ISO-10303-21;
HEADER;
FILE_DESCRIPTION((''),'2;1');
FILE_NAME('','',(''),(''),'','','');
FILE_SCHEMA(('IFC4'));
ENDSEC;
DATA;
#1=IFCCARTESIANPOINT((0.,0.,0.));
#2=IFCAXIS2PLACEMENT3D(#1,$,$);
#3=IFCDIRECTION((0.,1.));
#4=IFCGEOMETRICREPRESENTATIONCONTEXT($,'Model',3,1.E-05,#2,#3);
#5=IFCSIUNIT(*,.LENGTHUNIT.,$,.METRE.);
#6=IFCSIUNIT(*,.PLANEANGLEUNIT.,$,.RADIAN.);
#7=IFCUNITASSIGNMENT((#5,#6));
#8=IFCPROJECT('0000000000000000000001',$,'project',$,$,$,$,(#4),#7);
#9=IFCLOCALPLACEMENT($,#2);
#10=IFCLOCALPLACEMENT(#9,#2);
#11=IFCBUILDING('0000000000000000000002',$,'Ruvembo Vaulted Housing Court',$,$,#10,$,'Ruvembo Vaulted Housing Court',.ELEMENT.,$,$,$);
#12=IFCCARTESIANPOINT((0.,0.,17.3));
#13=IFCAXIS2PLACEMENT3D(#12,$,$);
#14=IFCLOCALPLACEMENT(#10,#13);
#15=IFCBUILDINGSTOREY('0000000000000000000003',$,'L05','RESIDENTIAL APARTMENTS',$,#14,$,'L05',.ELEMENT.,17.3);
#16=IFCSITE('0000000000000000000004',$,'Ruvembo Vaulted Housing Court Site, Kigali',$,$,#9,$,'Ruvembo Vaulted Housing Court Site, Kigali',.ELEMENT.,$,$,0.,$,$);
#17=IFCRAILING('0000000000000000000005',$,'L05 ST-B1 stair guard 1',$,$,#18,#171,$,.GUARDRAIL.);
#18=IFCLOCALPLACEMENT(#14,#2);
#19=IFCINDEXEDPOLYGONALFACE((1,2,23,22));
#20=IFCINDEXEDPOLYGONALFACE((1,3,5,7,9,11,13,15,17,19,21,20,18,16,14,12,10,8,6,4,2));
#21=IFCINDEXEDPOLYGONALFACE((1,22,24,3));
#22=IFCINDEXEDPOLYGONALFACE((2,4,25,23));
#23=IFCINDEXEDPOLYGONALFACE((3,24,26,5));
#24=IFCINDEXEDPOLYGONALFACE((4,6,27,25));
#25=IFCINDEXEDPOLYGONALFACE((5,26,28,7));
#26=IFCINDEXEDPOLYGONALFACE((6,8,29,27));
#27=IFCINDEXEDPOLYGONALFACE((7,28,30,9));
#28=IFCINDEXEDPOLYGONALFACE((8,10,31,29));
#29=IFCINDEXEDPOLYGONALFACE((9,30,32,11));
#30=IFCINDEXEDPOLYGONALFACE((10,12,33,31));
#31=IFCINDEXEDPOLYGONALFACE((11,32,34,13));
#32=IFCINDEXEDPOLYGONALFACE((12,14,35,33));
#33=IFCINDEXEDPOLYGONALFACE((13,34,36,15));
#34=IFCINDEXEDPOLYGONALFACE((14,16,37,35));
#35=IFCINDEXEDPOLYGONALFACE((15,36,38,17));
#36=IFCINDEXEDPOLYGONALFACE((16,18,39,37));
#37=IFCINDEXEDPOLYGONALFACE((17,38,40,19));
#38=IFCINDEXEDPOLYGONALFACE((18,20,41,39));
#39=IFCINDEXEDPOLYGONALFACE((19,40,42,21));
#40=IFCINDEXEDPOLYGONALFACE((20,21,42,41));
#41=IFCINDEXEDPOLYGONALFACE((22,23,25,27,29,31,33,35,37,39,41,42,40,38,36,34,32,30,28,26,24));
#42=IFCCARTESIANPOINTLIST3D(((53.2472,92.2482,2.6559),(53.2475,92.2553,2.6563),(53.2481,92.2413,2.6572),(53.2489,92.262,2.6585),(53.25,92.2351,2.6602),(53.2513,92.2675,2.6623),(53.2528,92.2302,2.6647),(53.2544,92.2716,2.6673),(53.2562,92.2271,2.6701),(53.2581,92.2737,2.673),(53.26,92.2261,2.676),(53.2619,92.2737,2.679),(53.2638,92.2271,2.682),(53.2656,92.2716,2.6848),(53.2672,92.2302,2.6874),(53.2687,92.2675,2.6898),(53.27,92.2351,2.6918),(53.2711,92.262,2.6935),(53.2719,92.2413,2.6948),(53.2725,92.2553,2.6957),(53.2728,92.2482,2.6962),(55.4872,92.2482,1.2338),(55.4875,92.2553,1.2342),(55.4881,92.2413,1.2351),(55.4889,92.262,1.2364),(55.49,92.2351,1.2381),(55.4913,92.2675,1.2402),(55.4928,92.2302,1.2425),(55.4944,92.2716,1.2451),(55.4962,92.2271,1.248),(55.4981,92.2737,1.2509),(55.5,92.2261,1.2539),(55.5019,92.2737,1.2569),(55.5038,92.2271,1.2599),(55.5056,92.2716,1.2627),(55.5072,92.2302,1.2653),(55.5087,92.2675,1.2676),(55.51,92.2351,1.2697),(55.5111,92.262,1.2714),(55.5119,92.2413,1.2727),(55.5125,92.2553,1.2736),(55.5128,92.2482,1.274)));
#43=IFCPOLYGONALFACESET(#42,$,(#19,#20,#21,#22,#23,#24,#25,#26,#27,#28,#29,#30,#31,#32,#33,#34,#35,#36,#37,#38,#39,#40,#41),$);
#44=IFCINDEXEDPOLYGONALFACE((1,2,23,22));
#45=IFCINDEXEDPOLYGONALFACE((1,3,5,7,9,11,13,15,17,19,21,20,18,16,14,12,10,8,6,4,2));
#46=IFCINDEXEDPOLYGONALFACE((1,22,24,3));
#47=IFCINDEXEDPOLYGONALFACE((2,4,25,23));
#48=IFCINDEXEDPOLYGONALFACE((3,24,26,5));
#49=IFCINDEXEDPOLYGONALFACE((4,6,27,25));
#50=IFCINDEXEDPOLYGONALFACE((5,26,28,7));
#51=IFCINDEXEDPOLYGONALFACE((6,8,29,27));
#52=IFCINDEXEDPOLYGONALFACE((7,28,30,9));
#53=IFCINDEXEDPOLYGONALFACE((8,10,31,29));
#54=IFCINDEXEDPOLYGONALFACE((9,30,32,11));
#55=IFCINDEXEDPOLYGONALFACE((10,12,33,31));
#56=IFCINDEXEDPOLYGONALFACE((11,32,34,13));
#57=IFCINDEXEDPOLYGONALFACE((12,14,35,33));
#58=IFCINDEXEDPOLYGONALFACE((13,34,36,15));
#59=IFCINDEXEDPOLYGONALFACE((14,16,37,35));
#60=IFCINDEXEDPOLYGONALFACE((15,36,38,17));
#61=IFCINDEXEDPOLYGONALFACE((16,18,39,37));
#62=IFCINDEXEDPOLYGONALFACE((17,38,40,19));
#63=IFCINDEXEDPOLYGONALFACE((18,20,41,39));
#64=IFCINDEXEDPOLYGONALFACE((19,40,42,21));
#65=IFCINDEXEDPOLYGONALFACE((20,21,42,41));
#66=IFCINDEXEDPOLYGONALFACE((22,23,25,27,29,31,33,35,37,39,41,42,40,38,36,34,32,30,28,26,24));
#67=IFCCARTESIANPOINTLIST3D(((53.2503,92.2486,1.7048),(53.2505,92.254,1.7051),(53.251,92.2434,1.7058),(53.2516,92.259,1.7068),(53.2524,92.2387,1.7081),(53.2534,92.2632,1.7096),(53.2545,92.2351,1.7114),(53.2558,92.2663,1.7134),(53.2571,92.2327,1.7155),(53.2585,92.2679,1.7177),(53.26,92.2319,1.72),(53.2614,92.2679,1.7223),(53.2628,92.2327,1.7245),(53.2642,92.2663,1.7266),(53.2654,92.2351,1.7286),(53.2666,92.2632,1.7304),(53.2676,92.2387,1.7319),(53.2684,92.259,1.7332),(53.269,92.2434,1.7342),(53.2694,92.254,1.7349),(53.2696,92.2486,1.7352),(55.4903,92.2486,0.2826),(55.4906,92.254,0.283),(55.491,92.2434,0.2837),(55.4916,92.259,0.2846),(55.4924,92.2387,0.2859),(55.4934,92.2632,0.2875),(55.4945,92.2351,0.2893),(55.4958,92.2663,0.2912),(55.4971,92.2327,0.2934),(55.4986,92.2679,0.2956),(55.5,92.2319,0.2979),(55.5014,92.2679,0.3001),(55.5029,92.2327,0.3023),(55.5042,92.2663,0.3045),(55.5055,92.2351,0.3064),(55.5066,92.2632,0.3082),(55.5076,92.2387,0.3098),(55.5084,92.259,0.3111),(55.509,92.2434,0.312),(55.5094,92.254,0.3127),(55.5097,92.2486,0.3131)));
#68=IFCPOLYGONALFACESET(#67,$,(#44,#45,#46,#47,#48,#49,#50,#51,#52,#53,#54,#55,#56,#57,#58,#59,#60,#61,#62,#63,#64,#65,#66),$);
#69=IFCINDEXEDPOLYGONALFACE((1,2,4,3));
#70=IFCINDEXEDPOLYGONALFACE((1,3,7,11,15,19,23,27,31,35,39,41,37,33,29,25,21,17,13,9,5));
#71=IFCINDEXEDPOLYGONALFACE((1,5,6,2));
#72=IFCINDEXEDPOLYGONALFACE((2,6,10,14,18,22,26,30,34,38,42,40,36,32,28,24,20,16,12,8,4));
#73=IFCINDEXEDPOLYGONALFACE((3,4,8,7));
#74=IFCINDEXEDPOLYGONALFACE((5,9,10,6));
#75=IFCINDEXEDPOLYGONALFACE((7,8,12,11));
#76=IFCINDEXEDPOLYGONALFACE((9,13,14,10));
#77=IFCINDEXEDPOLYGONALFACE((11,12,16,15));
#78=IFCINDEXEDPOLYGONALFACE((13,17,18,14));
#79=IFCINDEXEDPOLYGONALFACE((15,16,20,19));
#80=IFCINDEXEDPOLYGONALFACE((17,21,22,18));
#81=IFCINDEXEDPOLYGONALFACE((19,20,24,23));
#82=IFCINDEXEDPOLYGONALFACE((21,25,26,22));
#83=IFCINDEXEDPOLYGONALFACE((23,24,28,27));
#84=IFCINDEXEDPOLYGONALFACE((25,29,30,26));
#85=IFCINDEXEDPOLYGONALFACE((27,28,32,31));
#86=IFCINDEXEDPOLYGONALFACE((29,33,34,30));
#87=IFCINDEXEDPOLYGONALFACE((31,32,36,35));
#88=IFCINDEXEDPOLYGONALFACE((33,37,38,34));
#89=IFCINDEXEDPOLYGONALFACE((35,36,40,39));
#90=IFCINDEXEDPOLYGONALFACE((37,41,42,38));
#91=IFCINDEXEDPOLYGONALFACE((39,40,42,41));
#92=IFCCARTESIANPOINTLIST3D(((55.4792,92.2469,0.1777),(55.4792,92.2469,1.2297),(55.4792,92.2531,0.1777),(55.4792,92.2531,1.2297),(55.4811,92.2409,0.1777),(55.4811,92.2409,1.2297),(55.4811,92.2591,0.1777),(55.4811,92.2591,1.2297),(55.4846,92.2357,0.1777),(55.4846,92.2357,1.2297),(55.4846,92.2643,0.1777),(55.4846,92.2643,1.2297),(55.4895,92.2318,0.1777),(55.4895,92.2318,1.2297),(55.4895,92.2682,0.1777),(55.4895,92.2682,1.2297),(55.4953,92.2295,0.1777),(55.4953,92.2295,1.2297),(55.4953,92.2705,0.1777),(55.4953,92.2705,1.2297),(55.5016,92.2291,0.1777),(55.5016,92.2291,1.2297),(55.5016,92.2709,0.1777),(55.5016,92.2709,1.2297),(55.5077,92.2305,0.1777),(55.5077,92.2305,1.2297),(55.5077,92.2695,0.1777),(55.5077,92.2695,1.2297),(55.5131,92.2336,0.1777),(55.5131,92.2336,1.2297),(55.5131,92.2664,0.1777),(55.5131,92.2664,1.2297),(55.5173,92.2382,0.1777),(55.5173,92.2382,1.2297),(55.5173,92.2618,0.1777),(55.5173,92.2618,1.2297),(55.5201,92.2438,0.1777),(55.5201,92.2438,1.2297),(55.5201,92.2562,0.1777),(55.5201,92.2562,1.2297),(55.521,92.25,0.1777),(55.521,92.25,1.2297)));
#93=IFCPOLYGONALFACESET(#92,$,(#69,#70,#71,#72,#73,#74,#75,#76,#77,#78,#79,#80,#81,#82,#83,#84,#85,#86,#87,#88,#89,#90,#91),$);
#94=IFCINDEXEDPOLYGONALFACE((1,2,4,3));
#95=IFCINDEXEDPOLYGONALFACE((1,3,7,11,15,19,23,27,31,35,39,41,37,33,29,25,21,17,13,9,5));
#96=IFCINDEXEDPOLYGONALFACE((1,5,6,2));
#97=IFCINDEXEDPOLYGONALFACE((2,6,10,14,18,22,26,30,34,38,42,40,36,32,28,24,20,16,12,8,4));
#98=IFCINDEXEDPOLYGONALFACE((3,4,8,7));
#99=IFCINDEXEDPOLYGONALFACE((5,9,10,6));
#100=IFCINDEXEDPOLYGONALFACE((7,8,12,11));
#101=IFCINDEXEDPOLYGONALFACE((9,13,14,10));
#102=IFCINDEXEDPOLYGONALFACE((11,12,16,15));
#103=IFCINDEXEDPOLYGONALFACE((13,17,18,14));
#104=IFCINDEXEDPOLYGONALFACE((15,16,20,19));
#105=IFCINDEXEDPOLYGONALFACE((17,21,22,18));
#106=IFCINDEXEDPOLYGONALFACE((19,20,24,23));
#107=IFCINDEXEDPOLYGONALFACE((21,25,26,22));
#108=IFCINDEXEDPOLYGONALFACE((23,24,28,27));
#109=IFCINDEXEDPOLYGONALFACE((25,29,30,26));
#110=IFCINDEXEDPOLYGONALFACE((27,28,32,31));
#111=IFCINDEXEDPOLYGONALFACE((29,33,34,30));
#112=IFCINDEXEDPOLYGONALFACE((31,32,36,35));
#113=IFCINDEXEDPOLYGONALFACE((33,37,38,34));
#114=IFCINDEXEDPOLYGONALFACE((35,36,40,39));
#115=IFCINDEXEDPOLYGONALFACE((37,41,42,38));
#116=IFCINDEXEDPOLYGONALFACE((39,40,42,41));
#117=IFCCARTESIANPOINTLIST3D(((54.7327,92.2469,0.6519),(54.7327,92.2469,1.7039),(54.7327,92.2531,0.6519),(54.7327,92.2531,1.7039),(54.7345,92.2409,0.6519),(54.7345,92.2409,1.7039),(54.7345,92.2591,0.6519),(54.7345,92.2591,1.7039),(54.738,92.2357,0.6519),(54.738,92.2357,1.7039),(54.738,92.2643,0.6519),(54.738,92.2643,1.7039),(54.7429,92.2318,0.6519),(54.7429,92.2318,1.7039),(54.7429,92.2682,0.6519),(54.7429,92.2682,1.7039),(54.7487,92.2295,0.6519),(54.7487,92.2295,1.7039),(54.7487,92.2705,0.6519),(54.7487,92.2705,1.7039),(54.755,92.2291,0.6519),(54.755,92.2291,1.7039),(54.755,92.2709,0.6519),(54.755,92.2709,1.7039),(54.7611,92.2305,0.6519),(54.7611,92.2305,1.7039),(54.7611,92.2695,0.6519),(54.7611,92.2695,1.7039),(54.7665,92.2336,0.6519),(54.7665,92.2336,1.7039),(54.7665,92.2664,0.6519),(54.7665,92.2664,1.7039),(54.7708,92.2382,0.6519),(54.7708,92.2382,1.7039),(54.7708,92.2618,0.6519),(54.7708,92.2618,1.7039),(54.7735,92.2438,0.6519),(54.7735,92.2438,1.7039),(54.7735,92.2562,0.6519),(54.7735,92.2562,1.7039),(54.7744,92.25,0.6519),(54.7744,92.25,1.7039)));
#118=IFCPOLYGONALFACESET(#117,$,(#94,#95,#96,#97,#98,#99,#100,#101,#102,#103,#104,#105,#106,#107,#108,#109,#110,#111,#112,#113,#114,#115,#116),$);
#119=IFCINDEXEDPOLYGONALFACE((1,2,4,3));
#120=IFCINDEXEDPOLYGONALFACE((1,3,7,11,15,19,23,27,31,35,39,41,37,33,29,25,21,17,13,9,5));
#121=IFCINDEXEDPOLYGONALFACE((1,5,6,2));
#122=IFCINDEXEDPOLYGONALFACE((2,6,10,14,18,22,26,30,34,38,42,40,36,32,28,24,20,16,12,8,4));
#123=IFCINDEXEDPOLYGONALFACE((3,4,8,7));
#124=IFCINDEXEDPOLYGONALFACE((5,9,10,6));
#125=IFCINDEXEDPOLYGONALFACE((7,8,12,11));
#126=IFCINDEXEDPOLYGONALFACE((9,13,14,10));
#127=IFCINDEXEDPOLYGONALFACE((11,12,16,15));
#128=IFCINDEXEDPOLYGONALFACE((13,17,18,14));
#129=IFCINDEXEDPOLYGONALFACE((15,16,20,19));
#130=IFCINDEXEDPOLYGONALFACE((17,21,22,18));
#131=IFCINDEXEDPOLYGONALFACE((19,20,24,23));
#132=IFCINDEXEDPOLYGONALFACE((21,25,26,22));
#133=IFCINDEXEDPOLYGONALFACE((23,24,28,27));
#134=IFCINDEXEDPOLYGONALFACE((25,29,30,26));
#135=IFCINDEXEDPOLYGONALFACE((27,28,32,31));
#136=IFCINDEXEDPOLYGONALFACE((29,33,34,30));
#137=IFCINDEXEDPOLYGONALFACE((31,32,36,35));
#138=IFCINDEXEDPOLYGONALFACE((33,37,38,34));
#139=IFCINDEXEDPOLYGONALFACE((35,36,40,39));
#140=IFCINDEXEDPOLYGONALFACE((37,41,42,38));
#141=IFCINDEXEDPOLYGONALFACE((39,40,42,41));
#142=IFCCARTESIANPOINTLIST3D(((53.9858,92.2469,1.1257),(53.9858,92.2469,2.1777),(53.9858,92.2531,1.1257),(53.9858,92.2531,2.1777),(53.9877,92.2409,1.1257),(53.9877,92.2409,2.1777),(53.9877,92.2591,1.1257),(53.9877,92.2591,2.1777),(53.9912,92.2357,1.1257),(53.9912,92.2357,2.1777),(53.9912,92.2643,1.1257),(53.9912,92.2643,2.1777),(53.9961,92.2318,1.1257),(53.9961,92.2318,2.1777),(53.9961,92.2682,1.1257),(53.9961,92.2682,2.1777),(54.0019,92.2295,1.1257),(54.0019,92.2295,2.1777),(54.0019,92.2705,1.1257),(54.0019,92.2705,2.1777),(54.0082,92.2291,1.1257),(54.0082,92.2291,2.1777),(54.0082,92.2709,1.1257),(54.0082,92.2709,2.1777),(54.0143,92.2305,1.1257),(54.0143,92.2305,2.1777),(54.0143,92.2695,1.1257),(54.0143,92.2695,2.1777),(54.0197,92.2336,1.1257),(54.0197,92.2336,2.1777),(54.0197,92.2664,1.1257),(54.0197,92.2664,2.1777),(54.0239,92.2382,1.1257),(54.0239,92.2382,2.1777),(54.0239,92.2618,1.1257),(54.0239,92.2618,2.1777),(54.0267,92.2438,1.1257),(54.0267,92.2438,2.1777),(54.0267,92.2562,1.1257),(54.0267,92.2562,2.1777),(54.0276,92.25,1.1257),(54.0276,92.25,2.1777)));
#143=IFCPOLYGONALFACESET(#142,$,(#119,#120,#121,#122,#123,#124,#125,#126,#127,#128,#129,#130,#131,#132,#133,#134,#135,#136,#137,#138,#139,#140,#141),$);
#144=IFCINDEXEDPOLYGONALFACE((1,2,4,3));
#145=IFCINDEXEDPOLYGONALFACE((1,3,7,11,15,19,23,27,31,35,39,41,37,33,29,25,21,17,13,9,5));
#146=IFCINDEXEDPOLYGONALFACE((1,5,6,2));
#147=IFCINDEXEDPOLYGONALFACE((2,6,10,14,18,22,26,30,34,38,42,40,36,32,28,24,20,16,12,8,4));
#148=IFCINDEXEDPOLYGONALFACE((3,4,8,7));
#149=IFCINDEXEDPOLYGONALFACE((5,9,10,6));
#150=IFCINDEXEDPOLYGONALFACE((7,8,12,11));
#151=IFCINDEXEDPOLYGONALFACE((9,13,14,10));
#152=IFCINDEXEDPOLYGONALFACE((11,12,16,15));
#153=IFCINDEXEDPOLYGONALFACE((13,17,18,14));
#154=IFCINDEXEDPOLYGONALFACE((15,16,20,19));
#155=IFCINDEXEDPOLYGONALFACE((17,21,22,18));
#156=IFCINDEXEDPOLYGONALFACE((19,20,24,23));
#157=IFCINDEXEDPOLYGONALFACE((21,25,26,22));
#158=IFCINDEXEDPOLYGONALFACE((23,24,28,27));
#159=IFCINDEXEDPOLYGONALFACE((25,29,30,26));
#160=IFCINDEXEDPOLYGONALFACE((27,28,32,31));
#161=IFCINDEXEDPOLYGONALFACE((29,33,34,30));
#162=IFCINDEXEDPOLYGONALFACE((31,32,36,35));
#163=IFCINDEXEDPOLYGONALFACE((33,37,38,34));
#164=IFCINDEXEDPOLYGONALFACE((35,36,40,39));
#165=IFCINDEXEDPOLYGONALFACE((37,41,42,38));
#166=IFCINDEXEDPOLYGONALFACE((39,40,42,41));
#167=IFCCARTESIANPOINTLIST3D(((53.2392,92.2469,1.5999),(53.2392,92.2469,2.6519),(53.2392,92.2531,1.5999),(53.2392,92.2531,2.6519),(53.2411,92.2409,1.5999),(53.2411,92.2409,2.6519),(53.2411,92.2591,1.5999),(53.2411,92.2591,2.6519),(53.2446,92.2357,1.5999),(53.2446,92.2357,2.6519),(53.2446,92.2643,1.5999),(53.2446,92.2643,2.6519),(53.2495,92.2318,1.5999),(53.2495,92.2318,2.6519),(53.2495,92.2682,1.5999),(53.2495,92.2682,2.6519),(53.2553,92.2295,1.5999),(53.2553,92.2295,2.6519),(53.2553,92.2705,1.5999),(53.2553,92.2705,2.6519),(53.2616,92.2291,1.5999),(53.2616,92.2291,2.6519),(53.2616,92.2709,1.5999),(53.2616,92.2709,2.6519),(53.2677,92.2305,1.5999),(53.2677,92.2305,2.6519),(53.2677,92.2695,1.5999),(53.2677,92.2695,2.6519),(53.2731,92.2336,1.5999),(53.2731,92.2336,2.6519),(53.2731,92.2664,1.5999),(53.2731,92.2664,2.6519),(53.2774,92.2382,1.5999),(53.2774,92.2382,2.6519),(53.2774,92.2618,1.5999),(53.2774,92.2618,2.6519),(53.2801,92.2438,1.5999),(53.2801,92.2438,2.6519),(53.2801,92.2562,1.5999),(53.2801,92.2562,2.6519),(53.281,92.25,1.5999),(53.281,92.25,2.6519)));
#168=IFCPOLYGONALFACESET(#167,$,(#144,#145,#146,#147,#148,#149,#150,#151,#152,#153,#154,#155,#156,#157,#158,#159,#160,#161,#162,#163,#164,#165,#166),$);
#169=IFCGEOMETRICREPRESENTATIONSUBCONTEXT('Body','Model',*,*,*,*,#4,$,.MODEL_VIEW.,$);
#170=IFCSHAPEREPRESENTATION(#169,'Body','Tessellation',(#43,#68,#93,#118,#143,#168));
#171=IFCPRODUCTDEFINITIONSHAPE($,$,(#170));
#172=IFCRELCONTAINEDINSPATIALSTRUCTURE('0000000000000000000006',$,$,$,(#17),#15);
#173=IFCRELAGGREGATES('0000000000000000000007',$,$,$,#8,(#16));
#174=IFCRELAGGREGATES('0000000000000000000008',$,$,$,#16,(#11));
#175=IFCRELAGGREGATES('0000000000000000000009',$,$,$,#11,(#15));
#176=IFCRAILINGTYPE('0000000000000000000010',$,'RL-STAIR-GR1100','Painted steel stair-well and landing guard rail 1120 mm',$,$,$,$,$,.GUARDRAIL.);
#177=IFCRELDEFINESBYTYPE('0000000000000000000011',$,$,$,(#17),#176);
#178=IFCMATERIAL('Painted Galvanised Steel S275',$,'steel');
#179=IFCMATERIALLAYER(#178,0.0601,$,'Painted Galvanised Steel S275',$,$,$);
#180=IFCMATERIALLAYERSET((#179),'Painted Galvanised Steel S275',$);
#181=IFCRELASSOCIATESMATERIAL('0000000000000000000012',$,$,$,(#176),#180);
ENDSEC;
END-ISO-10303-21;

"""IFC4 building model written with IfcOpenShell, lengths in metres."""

from ifc_helpers import new_model, si_unit, direction, frame, origin, origin_2d, place, context, subcontext, project, spatial, circle, extrude, material, layer, layer_set, type_object, element, save


model = new_model("IFC4")

# Units and contexts
model_context = context("Model", 3, precision=1e-05, world=origin(), true_north=direction((0.0, 1.0)))
body_context = subcontext(model_context, "Body", "Model", "MODEL_VIEW")
ifc_project = project(units=[si_unit("LENGTHUNIT", "METRE"), si_unit("PLANEANGLEUNIT", "RADIAN")], contexts=[model_context])

# Site, building, storey
site_placement = place(None, origin())
site = spatial("IfcSite", under=ifc_project, at=site_placement, Name="Ruvembo Vaulted Housing Court Site, Kigali", LongName="Ruvembo Vaulted Housing Court Site, Kigali", CompositionType="ELEMENT", RefElevation=0.0)
building_placement = place(site_placement, origin())
building = spatial("IfcBuilding", under=site, at=building_placement, Name="Ruvembo Vaulted Housing Court", LongName="Ruvembo Vaulted Housing Court", CompositionType="ELEMENT")
storey_placement = place(building_placement, frame((0.0, 0.0, 17.3)))
storey = spatial("IfcBuildingStorey", under=building, at=storey_placement, Name="L05", Description="RESIDENTIAL APARTMENTS", LongName="L05", CompositionType="ELEMENT", Elevation=17.3)

# Railing
ifc_material_1 = material(Name="Painted Galvanised Steel S275", Category="steel")
ifc_layer_1 = layer(ifc_material_1, 0.0601, Name="Painted Galvanised Steel S275")
ifc_layer_set_1 = layer_set([ifc_layer_1], Name="Painted Galvanised Steel S275")
railing_type_1 = type_object("IfcRailingType", Name="RL-STAIR-GR1100", Description="Painted steel stair-well and landing guard rail 1120 mm", PredefinedType="GUARDRAIL", material=ifc_layer_set_1)
railing_1_placement = place(storey_placement, frame((55.5, 92.25, 0.1777)))
element("IfcRailing", 1, at=railing_1_placement, inside=storey, type_object=railing_type_1, Name="L05 ST-B1 stair guard 1", PredefinedType="GUARDRAIL", context=body_context, shape_type="SweptSolid", body=[
    extrude(circle(Radius=0.0239, at=origin_2d()), frame((0.0, 0.0, 1.0762), z_axis=(-0.844229, 0.0, 0.535982), x_axis=(0.0, -1.0, 0.0)), (0.0, 0.0, 1.0), 2.6533),
    extrude(circle(Radius=0.0181, at=origin_2d()), frame((0.0, 0.0, 0.1201), z_axis=(-0.844229, 0.0, 0.535982), x_axis=(0.0, -1.0, 0.0)), (0.0, 0.0, 1.0), 2.6533),
    extrude(circle(Radius=0.021, at=origin_2d()), origin(), (0.0, 0.0, 1.0), 1.052),
    extrude(circle(Radius=0.021, at=origin_2d()), frame((-0.7466, 0.0, 0.4741)), (0.0, 0.0, 1.0), 1.052),
    extrude(circle(Radius=0.021, at=origin_2d()), frame((-1.4934, 0.0, 0.948)), (0.0, 0.0, 1.0), 1.052),
    extrude(circle(Radius=0.021, at=origin_2d()), frame((-2.24, 0.0, 1.4221)), (0.0, 0.0, 1.0), 1.052),
])

save(model, "model.ifc")
